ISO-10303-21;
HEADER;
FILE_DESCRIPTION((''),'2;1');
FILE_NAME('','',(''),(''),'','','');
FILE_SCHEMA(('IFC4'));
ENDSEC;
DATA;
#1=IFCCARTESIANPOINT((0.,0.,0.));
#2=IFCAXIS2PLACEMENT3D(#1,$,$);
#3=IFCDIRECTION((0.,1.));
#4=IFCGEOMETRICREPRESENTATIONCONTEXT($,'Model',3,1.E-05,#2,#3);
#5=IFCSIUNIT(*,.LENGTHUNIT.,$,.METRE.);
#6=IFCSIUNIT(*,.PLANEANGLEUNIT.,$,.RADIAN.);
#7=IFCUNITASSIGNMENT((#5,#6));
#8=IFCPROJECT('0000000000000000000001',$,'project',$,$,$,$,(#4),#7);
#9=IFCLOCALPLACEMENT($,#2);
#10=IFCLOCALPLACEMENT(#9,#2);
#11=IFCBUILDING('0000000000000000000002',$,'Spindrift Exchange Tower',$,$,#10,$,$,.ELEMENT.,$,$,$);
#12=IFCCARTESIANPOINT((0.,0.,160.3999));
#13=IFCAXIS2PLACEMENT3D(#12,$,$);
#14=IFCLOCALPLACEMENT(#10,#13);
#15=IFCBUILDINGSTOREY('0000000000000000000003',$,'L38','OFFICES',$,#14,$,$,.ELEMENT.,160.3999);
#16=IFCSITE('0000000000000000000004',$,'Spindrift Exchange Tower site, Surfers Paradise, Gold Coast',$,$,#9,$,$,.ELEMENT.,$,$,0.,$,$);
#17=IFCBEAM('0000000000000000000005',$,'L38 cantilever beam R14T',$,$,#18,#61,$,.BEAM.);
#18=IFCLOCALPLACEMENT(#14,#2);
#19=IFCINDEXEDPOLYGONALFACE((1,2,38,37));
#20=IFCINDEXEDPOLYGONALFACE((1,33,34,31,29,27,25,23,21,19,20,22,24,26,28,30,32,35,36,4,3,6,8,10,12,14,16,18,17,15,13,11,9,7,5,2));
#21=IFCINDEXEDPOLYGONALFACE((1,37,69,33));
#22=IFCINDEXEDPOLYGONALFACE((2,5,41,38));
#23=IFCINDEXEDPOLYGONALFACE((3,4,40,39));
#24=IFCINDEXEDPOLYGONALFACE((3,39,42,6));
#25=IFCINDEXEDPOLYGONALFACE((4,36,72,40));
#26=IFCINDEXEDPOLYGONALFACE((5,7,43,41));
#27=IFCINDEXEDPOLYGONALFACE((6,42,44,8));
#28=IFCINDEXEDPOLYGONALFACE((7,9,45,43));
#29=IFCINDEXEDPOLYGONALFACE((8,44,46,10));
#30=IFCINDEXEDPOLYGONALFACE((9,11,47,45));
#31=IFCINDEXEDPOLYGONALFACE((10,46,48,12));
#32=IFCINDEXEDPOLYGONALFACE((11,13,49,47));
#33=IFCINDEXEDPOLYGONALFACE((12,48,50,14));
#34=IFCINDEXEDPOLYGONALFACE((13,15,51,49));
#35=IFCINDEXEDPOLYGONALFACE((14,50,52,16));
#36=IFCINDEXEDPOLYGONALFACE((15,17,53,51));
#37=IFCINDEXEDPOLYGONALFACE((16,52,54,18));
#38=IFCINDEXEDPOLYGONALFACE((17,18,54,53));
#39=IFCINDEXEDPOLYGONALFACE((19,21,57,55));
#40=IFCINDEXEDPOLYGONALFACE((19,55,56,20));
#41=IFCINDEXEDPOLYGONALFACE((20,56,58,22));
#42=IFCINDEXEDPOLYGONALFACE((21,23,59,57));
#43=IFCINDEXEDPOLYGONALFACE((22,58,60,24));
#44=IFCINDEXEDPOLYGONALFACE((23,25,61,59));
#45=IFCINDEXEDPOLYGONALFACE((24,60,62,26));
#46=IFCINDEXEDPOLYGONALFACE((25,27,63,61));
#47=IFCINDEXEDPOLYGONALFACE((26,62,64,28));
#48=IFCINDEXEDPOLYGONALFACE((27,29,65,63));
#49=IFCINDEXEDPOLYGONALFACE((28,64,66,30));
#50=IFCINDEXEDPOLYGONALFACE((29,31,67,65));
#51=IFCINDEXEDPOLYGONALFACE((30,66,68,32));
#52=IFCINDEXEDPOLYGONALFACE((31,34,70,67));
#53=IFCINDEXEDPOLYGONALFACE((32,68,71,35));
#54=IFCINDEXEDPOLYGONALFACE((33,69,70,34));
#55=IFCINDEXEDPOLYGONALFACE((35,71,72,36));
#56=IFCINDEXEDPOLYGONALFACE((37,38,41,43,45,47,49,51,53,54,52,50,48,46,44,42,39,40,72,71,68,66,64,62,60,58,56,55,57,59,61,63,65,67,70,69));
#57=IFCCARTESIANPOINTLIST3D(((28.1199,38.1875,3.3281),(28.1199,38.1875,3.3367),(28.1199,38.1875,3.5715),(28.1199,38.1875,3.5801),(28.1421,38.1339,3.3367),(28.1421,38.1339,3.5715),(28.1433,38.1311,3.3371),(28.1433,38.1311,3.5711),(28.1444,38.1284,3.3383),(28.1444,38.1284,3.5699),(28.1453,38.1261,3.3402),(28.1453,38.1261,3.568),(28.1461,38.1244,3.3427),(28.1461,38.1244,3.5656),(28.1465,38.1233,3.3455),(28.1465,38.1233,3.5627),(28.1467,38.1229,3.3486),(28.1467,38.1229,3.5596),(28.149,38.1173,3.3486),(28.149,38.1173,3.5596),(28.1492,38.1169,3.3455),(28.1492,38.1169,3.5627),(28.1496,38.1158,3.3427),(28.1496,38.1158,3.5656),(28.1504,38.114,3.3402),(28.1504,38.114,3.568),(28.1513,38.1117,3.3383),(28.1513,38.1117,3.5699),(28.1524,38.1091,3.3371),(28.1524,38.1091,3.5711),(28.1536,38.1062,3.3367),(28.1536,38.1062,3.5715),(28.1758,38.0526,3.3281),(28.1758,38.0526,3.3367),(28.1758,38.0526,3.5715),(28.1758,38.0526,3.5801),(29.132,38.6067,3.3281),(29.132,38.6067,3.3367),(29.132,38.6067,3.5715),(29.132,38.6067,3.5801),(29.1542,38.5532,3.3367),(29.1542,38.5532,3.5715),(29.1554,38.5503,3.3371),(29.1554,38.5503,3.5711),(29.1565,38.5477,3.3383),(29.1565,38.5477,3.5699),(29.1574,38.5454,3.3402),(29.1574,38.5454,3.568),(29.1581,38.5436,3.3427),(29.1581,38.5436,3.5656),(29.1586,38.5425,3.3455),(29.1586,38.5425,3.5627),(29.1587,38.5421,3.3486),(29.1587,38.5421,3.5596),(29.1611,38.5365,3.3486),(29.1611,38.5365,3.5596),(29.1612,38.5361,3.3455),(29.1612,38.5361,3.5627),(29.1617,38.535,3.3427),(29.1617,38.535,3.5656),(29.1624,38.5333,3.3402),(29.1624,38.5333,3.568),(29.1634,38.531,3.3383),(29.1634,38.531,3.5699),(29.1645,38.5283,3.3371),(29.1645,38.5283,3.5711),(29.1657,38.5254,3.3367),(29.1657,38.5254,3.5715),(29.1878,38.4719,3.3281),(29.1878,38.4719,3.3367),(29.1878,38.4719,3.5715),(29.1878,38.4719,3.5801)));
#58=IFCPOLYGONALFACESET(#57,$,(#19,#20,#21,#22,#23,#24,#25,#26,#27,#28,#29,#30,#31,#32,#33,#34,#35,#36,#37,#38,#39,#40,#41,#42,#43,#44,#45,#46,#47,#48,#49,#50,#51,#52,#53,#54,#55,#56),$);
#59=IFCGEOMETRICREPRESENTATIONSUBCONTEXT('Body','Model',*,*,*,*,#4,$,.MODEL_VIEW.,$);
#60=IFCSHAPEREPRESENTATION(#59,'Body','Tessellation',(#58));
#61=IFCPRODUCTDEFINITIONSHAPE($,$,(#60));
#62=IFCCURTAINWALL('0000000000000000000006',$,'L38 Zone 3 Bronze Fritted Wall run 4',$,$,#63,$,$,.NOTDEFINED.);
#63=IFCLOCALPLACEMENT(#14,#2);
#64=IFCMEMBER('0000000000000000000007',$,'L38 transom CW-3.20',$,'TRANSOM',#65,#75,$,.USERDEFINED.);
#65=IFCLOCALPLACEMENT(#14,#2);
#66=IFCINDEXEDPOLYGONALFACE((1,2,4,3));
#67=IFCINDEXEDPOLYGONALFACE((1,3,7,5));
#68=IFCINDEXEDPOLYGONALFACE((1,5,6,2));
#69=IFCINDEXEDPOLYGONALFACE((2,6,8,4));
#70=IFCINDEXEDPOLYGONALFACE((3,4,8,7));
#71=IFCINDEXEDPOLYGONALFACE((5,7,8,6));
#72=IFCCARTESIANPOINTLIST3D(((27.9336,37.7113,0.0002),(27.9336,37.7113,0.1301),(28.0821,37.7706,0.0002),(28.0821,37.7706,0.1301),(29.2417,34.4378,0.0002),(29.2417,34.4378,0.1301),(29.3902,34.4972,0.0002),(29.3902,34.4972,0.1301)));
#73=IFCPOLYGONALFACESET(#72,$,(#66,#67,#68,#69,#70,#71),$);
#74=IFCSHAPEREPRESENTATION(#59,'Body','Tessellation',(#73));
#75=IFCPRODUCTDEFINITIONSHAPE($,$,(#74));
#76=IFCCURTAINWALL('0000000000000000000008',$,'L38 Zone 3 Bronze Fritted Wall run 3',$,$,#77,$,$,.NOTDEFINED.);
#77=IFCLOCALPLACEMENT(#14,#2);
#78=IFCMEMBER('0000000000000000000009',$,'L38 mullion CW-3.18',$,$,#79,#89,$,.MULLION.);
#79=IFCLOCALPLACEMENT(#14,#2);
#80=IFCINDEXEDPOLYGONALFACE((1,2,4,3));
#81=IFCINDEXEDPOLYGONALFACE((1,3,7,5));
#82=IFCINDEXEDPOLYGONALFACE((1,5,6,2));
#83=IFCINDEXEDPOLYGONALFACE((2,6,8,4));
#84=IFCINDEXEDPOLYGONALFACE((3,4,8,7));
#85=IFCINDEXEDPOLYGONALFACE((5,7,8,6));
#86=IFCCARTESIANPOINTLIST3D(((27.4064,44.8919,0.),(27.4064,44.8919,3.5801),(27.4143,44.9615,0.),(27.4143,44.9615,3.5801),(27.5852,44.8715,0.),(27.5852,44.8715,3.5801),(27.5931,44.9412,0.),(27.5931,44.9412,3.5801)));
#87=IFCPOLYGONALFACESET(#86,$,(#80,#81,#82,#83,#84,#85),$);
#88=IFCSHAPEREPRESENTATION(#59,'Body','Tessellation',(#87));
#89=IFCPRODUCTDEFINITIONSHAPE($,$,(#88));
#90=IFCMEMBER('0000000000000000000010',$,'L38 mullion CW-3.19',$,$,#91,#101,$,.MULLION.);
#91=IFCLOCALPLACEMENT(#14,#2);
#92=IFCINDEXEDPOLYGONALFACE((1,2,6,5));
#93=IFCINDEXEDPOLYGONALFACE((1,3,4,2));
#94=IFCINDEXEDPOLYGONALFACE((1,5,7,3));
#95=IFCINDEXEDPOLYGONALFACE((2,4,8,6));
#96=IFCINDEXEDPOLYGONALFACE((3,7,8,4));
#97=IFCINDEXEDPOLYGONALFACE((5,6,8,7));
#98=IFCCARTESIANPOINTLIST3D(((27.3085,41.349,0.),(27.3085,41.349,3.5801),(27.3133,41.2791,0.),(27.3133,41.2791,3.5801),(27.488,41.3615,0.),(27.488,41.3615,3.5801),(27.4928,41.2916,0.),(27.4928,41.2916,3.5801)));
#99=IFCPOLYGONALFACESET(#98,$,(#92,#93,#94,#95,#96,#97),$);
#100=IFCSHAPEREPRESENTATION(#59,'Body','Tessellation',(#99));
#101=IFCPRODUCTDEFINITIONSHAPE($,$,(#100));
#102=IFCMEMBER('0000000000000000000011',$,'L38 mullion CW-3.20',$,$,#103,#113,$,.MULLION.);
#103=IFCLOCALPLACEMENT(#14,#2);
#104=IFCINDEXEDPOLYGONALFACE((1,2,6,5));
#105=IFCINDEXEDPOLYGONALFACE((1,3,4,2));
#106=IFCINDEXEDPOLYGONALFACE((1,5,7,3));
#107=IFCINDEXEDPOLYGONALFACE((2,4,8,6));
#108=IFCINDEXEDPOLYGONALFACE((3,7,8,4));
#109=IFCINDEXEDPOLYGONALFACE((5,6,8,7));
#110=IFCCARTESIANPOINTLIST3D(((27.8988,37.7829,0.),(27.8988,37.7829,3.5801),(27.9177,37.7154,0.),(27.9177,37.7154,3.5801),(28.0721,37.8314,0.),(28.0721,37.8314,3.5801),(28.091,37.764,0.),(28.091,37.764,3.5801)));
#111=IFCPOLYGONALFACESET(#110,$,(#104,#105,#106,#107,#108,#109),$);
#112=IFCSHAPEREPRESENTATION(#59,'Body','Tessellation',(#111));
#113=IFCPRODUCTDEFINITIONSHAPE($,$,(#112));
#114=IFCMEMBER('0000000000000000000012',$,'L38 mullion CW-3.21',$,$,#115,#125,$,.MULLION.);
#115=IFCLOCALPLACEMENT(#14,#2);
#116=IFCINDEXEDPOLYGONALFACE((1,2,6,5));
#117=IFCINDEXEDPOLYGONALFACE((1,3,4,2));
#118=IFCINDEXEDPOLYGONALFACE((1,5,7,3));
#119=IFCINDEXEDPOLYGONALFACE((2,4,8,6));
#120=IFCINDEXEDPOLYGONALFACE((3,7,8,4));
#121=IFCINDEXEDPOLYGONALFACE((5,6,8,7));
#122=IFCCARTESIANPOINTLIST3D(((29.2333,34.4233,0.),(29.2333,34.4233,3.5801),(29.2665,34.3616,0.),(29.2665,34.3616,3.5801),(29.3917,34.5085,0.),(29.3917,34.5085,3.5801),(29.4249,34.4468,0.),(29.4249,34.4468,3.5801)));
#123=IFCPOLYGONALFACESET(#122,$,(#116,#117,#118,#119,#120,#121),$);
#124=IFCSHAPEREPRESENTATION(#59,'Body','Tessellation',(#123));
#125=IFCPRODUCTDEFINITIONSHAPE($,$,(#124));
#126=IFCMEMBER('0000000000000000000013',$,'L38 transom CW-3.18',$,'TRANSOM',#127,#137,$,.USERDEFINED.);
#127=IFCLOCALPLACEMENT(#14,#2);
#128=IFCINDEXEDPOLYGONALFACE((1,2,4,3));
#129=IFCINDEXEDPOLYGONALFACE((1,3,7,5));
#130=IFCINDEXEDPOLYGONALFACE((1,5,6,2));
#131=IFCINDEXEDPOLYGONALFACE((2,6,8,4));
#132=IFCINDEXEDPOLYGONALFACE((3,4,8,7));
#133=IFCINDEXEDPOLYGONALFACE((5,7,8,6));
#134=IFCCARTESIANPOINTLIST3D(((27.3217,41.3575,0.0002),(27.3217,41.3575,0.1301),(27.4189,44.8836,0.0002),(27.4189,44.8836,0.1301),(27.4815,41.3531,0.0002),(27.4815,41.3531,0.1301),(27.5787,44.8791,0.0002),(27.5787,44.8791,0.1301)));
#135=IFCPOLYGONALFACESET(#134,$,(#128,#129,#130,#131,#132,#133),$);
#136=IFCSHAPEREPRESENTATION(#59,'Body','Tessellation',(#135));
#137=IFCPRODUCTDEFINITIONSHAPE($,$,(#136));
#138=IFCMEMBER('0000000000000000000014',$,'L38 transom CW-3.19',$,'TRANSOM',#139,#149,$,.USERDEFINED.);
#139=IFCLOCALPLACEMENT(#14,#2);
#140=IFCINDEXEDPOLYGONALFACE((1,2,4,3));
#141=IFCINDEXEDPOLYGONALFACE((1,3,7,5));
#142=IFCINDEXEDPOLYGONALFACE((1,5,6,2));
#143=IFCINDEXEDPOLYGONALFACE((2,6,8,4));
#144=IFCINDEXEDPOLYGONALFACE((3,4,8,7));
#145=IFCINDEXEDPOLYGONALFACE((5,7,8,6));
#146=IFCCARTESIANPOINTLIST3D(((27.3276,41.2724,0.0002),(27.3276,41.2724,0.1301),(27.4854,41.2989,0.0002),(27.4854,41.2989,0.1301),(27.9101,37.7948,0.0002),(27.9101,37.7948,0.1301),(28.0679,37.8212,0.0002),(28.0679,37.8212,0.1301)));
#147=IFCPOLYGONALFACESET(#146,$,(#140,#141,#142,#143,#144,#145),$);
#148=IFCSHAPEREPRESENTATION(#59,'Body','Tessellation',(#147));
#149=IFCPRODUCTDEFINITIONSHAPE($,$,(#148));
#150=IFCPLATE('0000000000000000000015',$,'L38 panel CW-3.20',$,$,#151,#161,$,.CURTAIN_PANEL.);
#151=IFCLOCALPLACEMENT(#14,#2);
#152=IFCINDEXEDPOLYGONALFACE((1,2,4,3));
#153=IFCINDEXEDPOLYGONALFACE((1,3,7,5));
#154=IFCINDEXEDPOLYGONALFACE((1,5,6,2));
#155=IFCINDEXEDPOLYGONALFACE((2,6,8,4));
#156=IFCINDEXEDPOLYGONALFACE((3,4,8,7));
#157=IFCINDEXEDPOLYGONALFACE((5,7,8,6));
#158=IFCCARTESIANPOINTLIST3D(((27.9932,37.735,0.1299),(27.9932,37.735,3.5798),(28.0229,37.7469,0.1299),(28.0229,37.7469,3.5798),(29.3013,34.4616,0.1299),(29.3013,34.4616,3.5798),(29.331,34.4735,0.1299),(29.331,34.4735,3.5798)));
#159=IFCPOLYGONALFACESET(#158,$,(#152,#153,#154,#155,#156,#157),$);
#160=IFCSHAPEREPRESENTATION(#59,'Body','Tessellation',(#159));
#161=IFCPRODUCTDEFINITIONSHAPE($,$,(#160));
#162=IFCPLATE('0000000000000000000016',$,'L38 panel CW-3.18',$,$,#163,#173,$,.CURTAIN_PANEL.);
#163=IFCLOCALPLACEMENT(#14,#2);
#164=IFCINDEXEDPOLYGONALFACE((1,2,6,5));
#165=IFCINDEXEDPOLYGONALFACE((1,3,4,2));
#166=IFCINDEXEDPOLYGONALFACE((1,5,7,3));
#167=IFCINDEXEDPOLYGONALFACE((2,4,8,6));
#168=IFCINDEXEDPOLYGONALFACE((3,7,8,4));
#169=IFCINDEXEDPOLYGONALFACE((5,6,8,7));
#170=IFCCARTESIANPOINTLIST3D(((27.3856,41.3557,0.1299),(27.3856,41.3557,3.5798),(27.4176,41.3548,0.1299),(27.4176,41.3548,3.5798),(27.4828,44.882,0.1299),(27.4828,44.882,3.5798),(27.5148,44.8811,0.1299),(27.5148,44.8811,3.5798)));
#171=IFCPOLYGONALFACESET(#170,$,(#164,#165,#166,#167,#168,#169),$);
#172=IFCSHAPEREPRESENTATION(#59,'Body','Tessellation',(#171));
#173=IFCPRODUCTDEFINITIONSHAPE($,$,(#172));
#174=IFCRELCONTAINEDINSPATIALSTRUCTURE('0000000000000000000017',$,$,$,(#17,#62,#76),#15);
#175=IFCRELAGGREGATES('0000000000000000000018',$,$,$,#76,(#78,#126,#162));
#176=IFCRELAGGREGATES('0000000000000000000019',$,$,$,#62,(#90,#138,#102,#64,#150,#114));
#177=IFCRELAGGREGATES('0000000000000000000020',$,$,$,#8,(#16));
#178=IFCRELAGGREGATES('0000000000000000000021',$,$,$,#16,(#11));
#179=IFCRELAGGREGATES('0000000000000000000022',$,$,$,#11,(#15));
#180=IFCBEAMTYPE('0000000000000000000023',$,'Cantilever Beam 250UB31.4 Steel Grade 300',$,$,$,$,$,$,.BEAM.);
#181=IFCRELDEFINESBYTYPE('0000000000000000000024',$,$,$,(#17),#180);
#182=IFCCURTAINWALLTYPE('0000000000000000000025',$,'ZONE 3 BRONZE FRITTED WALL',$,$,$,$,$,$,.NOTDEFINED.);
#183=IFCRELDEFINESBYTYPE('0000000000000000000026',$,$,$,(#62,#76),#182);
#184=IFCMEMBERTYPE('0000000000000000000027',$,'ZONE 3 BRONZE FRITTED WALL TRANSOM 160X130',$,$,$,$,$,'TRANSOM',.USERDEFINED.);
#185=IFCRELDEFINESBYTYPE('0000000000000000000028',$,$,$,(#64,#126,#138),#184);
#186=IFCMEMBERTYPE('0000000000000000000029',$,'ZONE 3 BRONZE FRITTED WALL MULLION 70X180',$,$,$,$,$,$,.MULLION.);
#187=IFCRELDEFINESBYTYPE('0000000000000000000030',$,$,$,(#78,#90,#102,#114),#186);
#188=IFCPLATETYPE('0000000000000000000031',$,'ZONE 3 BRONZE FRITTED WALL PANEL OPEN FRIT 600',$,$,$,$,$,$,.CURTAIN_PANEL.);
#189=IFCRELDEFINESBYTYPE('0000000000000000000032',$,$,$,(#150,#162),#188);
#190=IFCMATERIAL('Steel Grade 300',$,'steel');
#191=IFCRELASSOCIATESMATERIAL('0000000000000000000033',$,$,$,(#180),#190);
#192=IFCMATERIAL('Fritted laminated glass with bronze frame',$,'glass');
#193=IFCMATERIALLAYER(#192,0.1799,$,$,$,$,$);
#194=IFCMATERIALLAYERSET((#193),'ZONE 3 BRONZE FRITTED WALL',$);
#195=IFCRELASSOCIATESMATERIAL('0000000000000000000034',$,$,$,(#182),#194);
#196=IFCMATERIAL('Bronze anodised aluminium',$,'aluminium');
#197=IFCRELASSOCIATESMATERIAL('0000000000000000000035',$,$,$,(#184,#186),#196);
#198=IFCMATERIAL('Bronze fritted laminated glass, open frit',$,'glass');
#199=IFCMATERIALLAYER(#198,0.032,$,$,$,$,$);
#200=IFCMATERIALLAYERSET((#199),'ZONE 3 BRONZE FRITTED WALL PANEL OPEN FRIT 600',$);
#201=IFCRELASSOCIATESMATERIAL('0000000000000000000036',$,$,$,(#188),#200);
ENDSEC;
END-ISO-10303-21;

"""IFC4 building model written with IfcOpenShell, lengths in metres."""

from ifc_helpers import new_model, si_unit, direction, frame, origin, origin_2d, place, context, subcontext, project, spatial, rectangle, i_section, extrude, source, transform, mapped, material, layer, layer_set, material_profile, profile_set, type_object, element, aggregate, save


model = new_model("IFC4")

# Units and contexts
model_context = context("Model", 3, precision=1e-05, world=origin(), true_north=direction((0.0, 1.0)))
body_context = subcontext(model_context, "Body", "Model", "MODEL_VIEW")
ifc_project = project(units=[si_unit("LENGTHUNIT", "METRE"), si_unit("PLANEANGLEUNIT", "RADIAN")], contexts=[model_context])

# Site, building, storey
site_placement = place(None, origin())
site = spatial("IfcSite", under=ifc_project, at=site_placement, Name="Spindrift Exchange Tower site, Surfers Paradise, Gold Coast", CompositionType="ELEMENT", RefElevation=0.0)
building_placement = place(site_placement, origin())
building = spatial("IfcBuilding", under=site, at=building_placement, Name="Spindrift Exchange Tower", CompositionType="ELEMENT")
storey_placement = place(building_placement, frame((0.0, 0.0, 160.3999)))
storey = spatial("IfcBuildingStorey", under=building, at=storey_placement, Name="L38", Description="OFFICES", CompositionType="ELEMENT", Elevation=160.3999)

# Beam
ifc_material_1 = material(Name="Steel Grade 300", Category="steel")
ifc_material_profile_1 = material_profile(ifc_material_1, i_section(OverallWidth=0.146, OverallDepth=0.252, WebThickness=0.0061, FlangeThickness=0.0085, FilletRadius=0.012, at=origin_2d()), Name="250UB31.4")
ifc_profile_set_1 = profile_set([ifc_material_profile_1], Name="Steel Grade 300")
beam_type_1 = type_object("IfcBeamType", Name="Cantilever Beam 250UB31.4 Steel Grade 300", PredefinedType="BEAM", material=ifc_profile_set_1)
shared_shape_1 = source(origin(), body_context, "Body", "SweptSolid", [
    extrude(i_section(OverallWidth=0.146, OverallDepth=0.252, WebThickness=0.0061, FlangeThickness=0.0085, FilletRadius=0.012, at=origin_2d()), origin(), (0.0, 0.0, 1.0), 1.0955),
])
beam_1_placement = place(storey_placement, frame((29.1599, 38.5393, 3.4541), z_axis=(-0.923873, -0.3827, 0.0), x_axis=(0.3827, -0.923873, 0.0)))
element("IfcBeam", 1, at=beam_1_placement, inside=storey, type_object=beam_type_1, Name="L38 cantilever beam R14T", PredefinedType="BEAM", context=body_context, shape_type="MappedRepresentation", body=[
    mapped(shared_shape_1, transform((0.0, 0.0, 0.0), scale=1.0)),
])

# Curtain walls, members
ifc_material_2 = material(Name="Fritted laminated glass with bronze frame", Category="glass")
ifc_layer_1 = layer(ifc_material_2, 0.1799)
ifc_layer_set_1 = layer_set([ifc_layer_1], Name="ZONE 3 BRONZE FRITTED WALL")
curtain_wall_type = type_object("IfcCurtainWallType", Name="ZONE 3 BRONZE FRITTED WALL", PredefinedType="NOTDEFINED", material=ifc_layer_set_1)
curtain_wall_1_placement = place(storey_placement, origin())
curtain_wall_1 = element("IfcCurtainWall", 2, at=curtain_wall_1_placement, inside=storey, type_object=curtain_wall_type, Name="L38 Zone 3 Bronze Fritted Wall run 4", PredefinedType="NOTDEFINED")
ifc_material_3 = material(Name="Bronze anodised aluminium", Category="aluminium")
ifc_material_profile_2 = material_profile(ifc_material_3, rectangle(XDim=0.1599, YDim=0.1299, at=origin_2d()), Name="ZONE 3 BRONZE FRITTED WALL TRANSOM 160X130")
ifc_profile_set_2 = profile_set([ifc_material_profile_2], Name="Bronze anodised aluminium")
member_type_1 = type_object("IfcMemberType", Name="ZONE 3 BRONZE FRITTED WALL TRANSOM 160X130", ElementType="TRANSOM", PredefinedType="USERDEFINED", material=ifc_profile_set_2)
shared_shape_2 = source(origin(), body_context, "Body", "SweptSolid", [
    extrude(rectangle(XDim=0.1599, YDim=0.1299, at=origin_2d()), origin(), (0.0, 0.0, 1.0), 3.5251),
])
member_1_placement = place(storey_placement, frame((28.0078, 37.741, 0.0652), z_axis=(0.37108, -0.928601, 0.0), x_axis=(0.928601, 0.37108, 0.0)))
member_1 = element("IfcMember", 3, at=member_1_placement, type_object=member_type_1, Name="L38 transom CW-3.20", ObjectType="TRANSOM", PredefinedType="USERDEFINED", context=body_context, shape_type="MappedRepresentation", body=[
    mapped(shared_shape_2, transform((0.0, 0.0, 0.0), scale=1.0)),
])
curtain_wall_2_placement = place(storey_placement, origin())
curtain_wall_2 = element("IfcCurtainWall", 4, at=curtain_wall_2_placement, inside=storey, type_object=curtain_wall_type, Name="L38 Zone 3 Bronze Fritted Wall run 3", PredefinedType="NOTDEFINED")
ifc_material_profile_3 = material_profile(ifc_material_3, rectangle(XDim=0.0701, YDim=0.1799, at=origin_2d()), Name="ZONE 3 BRONZE FRITTED WALL MULLION 70X180")
ifc_profile_set_3 = profile_set([ifc_material_profile_3], Name="Bronze anodised aluminium")
member_type_2 = type_object("IfcMemberType", Name="ZONE 3 BRONZE FRITTED WALL MULLION 70X180", PredefinedType="MULLION", material=ifc_profile_set_3)
shared_shape_3 = source(origin(), body_context, "Body", "SweptSolid", [
    extrude(rectangle(XDim=0.0701, YDim=0.1799, at=origin_2d()), origin(), (0.0, 0.0, 1.0), 3.5801),
])
member_2_placement = place(storey_placement, frame((27.4998, 44.9165, 0.0), z_axis=(0.0, 0.0, 1.0), x_axis=(-0.112972, -0.993598, 0.0)))
member_2 = element("IfcMember", 5, at=member_2_placement, type_object=member_type_2, Name="L38 mullion CW-3.18", PredefinedType="MULLION", context=body_context, shape_type="MappedRepresentation", body=[
    mapped(shared_shape_3, transform((0.0, 0.0, 0.0), scale=1.0)),
])

# Members
member_3_placement = place(storey_placement, frame((27.4006, 41.3203, 0.0), z_axis=(0.0, 0.0, 1.0), x_axis=(0.069178, -0.997604, 0.0)))
member_3 = element("IfcMember", 6, at=member_3_placement, type_object=member_type_2, Name="L38 mullion CW-3.19", PredefinedType="MULLION", context=body_context, shape_type="MappedRepresentation", body=[
    mapped(shared_shape_3, transform((0.0, 0.0, 0.0), scale=1.0)),
])
member_4_placement = place(storey_placement, frame((27.9949, 37.7734, 0.0), z_axis=(0.0, 0.0, 1.0), x_axis=(0.269717, -0.96294, 0.0)))
member_4 = element("IfcMember", 7, at=member_4_placement, type_object=member_type_2, Name="L38 mullion CW-3.20", PredefinedType="MULLION", context=body_context, shape_type="MappedRepresentation", body=[
    mapped(shared_shape_3, transform((0.0, 0.0, 0.0), scale=1.0)),
])
member_5_placement = place(storey_placement, frame((29.3291, 34.4351, 0.0), z_axis=(0.0, 0.0, 1.0), x_axis=(0.473923, -0.880566, 0.0)))
member_5 = element("IfcMember", 8, at=member_5_placement, type_object=member_type_2, Name="L38 mullion CW-3.21", PredefinedType="MULLION", context=body_context, shape_type="MappedRepresentation", body=[
    mapped(shared_shape_3, transform((0.0, 0.0, 0.0), scale=1.0)),
])
shared_shape_4 = source(origin(), body_context, "Body", "SweptSolid", [
    extrude(rectangle(XDim=0.1599, YDim=0.1299, at=origin_2d()), origin(), (0.0, 0.0, 1.0), 3.5273),
])
member_6_placement = place(storey_placement, frame((27.4988, 44.8813, 0.0652), z_axis=(-0.027546, -0.999621, 0.0), x_axis=(0.999621, -0.027546, 0.0)))
member_6 = element("IfcMember", 9, at=member_6_placement, type_object=member_type_1, Name="L38 transom CW-3.18", ObjectType="TRANSOM", PredefinedType="USERDEFINED", context=body_context, shape_type="MappedRepresentation", body=[
    mapped(shared_shape_4, transform((0.0, 0.0, 0.0), scale=1.0)),
])
shared_shape_5 = source(origin(), body_context, "Body", "SweptSolid", [
    extrude(rectangle(XDim=0.1599, YDim=0.1299, at=origin_2d()), origin(), (0.0, 0.0, 1.0), 3.5261),
])
member_7_placement = place(storey_placement, frame((27.4065, 41.2856, 0.0652), z_axis=(0.165196, -0.986261, 0.0), x_axis=(0.986261, 0.165196, 0.0)))
member_7 = element("IfcMember", 10, at=member_7_placement, type_object=member_type_1, Name="L38 transom CW-3.19", ObjectType="TRANSOM", PredefinedType="USERDEFINED", context=body_context, shape_type="MappedRepresentation", body=[
    mapped(shared_shape_5, transform((0.0, 0.0, 0.0), scale=1.0)),
])

# Plates
ifc_material_4 = material(Name="Bronze fritted laminated glass, open frit", Category="glass")
ifc_layer_2 = layer(ifc_material_4, 0.032)
ifc_layer_set_2 = layer_set([ifc_layer_2], Name="ZONE 3 BRONZE FRITTED WALL PANEL OPEN FRIT 600")
plate_type_1 = type_object("IfcPlateType", Name="ZONE 3 BRONZE FRITTED WALL PANEL OPEN FRIT 600", PredefinedType="CURTAIN_PANEL", material=ifc_layer_set_2)
shared_shape_6 = source(origin(), body_context, "Body", "SweptSolid", [
    extrude(rectangle(XDim=3.5251, YDim=0.032, at=origin_2d()), origin(), (0.0, 0.0, 1.0), 3.45),
])
plate_1_placement = place(storey_placement, frame((28.6621, 36.1042, 0.1299), z_axis=(0.0, 0.0, 1.0), x_axis=(0.371089, -0.928597, 0.0)))
plate_1 = element("IfcPlate", 11, at=plate_1_placement, type_object=plate_type_1, Name="L38 panel CW-3.20", PredefinedType="CURTAIN_PANEL", context=body_context, shape_type="MappedRepresentation", body=[
    mapped(shared_shape_6, transform((0.0, 0.0, 0.0), scale=1.0)),
])
shared_shape_7 = source(origin(), body_context, "Body", "SweptSolid", [
    extrude(rectangle(XDim=3.5276, YDim=0.032, at=origin_2d()), origin(), (0.0, 0.0, 1.0), 3.45),
])
plate_2_placement = place(storey_placement, frame((27.4502, 43.1184, 0.1299), z_axis=(0.0, 0.0, 1.0), x_axis=(-0.027547, -0.999621, 0.0)))
plate_2 = element("IfcPlate", 12, at=plate_2_placement, type_object=plate_type_1, Name="L38 panel CW-3.18", PredefinedType="CURTAIN_PANEL", context=body_context, shape_type="MappedRepresentation", body=[
    mapped(shared_shape_7, transform((0.0, 0.0, 0.0), scale=1.0)),
])
aggregate(curtain_wall_2, [member_2, member_6, plate_2])
aggregate(curtain_wall_1, [member_3, member_7, member_4, member_1, plate_1, member_5])

save(model, "model.ifc")
